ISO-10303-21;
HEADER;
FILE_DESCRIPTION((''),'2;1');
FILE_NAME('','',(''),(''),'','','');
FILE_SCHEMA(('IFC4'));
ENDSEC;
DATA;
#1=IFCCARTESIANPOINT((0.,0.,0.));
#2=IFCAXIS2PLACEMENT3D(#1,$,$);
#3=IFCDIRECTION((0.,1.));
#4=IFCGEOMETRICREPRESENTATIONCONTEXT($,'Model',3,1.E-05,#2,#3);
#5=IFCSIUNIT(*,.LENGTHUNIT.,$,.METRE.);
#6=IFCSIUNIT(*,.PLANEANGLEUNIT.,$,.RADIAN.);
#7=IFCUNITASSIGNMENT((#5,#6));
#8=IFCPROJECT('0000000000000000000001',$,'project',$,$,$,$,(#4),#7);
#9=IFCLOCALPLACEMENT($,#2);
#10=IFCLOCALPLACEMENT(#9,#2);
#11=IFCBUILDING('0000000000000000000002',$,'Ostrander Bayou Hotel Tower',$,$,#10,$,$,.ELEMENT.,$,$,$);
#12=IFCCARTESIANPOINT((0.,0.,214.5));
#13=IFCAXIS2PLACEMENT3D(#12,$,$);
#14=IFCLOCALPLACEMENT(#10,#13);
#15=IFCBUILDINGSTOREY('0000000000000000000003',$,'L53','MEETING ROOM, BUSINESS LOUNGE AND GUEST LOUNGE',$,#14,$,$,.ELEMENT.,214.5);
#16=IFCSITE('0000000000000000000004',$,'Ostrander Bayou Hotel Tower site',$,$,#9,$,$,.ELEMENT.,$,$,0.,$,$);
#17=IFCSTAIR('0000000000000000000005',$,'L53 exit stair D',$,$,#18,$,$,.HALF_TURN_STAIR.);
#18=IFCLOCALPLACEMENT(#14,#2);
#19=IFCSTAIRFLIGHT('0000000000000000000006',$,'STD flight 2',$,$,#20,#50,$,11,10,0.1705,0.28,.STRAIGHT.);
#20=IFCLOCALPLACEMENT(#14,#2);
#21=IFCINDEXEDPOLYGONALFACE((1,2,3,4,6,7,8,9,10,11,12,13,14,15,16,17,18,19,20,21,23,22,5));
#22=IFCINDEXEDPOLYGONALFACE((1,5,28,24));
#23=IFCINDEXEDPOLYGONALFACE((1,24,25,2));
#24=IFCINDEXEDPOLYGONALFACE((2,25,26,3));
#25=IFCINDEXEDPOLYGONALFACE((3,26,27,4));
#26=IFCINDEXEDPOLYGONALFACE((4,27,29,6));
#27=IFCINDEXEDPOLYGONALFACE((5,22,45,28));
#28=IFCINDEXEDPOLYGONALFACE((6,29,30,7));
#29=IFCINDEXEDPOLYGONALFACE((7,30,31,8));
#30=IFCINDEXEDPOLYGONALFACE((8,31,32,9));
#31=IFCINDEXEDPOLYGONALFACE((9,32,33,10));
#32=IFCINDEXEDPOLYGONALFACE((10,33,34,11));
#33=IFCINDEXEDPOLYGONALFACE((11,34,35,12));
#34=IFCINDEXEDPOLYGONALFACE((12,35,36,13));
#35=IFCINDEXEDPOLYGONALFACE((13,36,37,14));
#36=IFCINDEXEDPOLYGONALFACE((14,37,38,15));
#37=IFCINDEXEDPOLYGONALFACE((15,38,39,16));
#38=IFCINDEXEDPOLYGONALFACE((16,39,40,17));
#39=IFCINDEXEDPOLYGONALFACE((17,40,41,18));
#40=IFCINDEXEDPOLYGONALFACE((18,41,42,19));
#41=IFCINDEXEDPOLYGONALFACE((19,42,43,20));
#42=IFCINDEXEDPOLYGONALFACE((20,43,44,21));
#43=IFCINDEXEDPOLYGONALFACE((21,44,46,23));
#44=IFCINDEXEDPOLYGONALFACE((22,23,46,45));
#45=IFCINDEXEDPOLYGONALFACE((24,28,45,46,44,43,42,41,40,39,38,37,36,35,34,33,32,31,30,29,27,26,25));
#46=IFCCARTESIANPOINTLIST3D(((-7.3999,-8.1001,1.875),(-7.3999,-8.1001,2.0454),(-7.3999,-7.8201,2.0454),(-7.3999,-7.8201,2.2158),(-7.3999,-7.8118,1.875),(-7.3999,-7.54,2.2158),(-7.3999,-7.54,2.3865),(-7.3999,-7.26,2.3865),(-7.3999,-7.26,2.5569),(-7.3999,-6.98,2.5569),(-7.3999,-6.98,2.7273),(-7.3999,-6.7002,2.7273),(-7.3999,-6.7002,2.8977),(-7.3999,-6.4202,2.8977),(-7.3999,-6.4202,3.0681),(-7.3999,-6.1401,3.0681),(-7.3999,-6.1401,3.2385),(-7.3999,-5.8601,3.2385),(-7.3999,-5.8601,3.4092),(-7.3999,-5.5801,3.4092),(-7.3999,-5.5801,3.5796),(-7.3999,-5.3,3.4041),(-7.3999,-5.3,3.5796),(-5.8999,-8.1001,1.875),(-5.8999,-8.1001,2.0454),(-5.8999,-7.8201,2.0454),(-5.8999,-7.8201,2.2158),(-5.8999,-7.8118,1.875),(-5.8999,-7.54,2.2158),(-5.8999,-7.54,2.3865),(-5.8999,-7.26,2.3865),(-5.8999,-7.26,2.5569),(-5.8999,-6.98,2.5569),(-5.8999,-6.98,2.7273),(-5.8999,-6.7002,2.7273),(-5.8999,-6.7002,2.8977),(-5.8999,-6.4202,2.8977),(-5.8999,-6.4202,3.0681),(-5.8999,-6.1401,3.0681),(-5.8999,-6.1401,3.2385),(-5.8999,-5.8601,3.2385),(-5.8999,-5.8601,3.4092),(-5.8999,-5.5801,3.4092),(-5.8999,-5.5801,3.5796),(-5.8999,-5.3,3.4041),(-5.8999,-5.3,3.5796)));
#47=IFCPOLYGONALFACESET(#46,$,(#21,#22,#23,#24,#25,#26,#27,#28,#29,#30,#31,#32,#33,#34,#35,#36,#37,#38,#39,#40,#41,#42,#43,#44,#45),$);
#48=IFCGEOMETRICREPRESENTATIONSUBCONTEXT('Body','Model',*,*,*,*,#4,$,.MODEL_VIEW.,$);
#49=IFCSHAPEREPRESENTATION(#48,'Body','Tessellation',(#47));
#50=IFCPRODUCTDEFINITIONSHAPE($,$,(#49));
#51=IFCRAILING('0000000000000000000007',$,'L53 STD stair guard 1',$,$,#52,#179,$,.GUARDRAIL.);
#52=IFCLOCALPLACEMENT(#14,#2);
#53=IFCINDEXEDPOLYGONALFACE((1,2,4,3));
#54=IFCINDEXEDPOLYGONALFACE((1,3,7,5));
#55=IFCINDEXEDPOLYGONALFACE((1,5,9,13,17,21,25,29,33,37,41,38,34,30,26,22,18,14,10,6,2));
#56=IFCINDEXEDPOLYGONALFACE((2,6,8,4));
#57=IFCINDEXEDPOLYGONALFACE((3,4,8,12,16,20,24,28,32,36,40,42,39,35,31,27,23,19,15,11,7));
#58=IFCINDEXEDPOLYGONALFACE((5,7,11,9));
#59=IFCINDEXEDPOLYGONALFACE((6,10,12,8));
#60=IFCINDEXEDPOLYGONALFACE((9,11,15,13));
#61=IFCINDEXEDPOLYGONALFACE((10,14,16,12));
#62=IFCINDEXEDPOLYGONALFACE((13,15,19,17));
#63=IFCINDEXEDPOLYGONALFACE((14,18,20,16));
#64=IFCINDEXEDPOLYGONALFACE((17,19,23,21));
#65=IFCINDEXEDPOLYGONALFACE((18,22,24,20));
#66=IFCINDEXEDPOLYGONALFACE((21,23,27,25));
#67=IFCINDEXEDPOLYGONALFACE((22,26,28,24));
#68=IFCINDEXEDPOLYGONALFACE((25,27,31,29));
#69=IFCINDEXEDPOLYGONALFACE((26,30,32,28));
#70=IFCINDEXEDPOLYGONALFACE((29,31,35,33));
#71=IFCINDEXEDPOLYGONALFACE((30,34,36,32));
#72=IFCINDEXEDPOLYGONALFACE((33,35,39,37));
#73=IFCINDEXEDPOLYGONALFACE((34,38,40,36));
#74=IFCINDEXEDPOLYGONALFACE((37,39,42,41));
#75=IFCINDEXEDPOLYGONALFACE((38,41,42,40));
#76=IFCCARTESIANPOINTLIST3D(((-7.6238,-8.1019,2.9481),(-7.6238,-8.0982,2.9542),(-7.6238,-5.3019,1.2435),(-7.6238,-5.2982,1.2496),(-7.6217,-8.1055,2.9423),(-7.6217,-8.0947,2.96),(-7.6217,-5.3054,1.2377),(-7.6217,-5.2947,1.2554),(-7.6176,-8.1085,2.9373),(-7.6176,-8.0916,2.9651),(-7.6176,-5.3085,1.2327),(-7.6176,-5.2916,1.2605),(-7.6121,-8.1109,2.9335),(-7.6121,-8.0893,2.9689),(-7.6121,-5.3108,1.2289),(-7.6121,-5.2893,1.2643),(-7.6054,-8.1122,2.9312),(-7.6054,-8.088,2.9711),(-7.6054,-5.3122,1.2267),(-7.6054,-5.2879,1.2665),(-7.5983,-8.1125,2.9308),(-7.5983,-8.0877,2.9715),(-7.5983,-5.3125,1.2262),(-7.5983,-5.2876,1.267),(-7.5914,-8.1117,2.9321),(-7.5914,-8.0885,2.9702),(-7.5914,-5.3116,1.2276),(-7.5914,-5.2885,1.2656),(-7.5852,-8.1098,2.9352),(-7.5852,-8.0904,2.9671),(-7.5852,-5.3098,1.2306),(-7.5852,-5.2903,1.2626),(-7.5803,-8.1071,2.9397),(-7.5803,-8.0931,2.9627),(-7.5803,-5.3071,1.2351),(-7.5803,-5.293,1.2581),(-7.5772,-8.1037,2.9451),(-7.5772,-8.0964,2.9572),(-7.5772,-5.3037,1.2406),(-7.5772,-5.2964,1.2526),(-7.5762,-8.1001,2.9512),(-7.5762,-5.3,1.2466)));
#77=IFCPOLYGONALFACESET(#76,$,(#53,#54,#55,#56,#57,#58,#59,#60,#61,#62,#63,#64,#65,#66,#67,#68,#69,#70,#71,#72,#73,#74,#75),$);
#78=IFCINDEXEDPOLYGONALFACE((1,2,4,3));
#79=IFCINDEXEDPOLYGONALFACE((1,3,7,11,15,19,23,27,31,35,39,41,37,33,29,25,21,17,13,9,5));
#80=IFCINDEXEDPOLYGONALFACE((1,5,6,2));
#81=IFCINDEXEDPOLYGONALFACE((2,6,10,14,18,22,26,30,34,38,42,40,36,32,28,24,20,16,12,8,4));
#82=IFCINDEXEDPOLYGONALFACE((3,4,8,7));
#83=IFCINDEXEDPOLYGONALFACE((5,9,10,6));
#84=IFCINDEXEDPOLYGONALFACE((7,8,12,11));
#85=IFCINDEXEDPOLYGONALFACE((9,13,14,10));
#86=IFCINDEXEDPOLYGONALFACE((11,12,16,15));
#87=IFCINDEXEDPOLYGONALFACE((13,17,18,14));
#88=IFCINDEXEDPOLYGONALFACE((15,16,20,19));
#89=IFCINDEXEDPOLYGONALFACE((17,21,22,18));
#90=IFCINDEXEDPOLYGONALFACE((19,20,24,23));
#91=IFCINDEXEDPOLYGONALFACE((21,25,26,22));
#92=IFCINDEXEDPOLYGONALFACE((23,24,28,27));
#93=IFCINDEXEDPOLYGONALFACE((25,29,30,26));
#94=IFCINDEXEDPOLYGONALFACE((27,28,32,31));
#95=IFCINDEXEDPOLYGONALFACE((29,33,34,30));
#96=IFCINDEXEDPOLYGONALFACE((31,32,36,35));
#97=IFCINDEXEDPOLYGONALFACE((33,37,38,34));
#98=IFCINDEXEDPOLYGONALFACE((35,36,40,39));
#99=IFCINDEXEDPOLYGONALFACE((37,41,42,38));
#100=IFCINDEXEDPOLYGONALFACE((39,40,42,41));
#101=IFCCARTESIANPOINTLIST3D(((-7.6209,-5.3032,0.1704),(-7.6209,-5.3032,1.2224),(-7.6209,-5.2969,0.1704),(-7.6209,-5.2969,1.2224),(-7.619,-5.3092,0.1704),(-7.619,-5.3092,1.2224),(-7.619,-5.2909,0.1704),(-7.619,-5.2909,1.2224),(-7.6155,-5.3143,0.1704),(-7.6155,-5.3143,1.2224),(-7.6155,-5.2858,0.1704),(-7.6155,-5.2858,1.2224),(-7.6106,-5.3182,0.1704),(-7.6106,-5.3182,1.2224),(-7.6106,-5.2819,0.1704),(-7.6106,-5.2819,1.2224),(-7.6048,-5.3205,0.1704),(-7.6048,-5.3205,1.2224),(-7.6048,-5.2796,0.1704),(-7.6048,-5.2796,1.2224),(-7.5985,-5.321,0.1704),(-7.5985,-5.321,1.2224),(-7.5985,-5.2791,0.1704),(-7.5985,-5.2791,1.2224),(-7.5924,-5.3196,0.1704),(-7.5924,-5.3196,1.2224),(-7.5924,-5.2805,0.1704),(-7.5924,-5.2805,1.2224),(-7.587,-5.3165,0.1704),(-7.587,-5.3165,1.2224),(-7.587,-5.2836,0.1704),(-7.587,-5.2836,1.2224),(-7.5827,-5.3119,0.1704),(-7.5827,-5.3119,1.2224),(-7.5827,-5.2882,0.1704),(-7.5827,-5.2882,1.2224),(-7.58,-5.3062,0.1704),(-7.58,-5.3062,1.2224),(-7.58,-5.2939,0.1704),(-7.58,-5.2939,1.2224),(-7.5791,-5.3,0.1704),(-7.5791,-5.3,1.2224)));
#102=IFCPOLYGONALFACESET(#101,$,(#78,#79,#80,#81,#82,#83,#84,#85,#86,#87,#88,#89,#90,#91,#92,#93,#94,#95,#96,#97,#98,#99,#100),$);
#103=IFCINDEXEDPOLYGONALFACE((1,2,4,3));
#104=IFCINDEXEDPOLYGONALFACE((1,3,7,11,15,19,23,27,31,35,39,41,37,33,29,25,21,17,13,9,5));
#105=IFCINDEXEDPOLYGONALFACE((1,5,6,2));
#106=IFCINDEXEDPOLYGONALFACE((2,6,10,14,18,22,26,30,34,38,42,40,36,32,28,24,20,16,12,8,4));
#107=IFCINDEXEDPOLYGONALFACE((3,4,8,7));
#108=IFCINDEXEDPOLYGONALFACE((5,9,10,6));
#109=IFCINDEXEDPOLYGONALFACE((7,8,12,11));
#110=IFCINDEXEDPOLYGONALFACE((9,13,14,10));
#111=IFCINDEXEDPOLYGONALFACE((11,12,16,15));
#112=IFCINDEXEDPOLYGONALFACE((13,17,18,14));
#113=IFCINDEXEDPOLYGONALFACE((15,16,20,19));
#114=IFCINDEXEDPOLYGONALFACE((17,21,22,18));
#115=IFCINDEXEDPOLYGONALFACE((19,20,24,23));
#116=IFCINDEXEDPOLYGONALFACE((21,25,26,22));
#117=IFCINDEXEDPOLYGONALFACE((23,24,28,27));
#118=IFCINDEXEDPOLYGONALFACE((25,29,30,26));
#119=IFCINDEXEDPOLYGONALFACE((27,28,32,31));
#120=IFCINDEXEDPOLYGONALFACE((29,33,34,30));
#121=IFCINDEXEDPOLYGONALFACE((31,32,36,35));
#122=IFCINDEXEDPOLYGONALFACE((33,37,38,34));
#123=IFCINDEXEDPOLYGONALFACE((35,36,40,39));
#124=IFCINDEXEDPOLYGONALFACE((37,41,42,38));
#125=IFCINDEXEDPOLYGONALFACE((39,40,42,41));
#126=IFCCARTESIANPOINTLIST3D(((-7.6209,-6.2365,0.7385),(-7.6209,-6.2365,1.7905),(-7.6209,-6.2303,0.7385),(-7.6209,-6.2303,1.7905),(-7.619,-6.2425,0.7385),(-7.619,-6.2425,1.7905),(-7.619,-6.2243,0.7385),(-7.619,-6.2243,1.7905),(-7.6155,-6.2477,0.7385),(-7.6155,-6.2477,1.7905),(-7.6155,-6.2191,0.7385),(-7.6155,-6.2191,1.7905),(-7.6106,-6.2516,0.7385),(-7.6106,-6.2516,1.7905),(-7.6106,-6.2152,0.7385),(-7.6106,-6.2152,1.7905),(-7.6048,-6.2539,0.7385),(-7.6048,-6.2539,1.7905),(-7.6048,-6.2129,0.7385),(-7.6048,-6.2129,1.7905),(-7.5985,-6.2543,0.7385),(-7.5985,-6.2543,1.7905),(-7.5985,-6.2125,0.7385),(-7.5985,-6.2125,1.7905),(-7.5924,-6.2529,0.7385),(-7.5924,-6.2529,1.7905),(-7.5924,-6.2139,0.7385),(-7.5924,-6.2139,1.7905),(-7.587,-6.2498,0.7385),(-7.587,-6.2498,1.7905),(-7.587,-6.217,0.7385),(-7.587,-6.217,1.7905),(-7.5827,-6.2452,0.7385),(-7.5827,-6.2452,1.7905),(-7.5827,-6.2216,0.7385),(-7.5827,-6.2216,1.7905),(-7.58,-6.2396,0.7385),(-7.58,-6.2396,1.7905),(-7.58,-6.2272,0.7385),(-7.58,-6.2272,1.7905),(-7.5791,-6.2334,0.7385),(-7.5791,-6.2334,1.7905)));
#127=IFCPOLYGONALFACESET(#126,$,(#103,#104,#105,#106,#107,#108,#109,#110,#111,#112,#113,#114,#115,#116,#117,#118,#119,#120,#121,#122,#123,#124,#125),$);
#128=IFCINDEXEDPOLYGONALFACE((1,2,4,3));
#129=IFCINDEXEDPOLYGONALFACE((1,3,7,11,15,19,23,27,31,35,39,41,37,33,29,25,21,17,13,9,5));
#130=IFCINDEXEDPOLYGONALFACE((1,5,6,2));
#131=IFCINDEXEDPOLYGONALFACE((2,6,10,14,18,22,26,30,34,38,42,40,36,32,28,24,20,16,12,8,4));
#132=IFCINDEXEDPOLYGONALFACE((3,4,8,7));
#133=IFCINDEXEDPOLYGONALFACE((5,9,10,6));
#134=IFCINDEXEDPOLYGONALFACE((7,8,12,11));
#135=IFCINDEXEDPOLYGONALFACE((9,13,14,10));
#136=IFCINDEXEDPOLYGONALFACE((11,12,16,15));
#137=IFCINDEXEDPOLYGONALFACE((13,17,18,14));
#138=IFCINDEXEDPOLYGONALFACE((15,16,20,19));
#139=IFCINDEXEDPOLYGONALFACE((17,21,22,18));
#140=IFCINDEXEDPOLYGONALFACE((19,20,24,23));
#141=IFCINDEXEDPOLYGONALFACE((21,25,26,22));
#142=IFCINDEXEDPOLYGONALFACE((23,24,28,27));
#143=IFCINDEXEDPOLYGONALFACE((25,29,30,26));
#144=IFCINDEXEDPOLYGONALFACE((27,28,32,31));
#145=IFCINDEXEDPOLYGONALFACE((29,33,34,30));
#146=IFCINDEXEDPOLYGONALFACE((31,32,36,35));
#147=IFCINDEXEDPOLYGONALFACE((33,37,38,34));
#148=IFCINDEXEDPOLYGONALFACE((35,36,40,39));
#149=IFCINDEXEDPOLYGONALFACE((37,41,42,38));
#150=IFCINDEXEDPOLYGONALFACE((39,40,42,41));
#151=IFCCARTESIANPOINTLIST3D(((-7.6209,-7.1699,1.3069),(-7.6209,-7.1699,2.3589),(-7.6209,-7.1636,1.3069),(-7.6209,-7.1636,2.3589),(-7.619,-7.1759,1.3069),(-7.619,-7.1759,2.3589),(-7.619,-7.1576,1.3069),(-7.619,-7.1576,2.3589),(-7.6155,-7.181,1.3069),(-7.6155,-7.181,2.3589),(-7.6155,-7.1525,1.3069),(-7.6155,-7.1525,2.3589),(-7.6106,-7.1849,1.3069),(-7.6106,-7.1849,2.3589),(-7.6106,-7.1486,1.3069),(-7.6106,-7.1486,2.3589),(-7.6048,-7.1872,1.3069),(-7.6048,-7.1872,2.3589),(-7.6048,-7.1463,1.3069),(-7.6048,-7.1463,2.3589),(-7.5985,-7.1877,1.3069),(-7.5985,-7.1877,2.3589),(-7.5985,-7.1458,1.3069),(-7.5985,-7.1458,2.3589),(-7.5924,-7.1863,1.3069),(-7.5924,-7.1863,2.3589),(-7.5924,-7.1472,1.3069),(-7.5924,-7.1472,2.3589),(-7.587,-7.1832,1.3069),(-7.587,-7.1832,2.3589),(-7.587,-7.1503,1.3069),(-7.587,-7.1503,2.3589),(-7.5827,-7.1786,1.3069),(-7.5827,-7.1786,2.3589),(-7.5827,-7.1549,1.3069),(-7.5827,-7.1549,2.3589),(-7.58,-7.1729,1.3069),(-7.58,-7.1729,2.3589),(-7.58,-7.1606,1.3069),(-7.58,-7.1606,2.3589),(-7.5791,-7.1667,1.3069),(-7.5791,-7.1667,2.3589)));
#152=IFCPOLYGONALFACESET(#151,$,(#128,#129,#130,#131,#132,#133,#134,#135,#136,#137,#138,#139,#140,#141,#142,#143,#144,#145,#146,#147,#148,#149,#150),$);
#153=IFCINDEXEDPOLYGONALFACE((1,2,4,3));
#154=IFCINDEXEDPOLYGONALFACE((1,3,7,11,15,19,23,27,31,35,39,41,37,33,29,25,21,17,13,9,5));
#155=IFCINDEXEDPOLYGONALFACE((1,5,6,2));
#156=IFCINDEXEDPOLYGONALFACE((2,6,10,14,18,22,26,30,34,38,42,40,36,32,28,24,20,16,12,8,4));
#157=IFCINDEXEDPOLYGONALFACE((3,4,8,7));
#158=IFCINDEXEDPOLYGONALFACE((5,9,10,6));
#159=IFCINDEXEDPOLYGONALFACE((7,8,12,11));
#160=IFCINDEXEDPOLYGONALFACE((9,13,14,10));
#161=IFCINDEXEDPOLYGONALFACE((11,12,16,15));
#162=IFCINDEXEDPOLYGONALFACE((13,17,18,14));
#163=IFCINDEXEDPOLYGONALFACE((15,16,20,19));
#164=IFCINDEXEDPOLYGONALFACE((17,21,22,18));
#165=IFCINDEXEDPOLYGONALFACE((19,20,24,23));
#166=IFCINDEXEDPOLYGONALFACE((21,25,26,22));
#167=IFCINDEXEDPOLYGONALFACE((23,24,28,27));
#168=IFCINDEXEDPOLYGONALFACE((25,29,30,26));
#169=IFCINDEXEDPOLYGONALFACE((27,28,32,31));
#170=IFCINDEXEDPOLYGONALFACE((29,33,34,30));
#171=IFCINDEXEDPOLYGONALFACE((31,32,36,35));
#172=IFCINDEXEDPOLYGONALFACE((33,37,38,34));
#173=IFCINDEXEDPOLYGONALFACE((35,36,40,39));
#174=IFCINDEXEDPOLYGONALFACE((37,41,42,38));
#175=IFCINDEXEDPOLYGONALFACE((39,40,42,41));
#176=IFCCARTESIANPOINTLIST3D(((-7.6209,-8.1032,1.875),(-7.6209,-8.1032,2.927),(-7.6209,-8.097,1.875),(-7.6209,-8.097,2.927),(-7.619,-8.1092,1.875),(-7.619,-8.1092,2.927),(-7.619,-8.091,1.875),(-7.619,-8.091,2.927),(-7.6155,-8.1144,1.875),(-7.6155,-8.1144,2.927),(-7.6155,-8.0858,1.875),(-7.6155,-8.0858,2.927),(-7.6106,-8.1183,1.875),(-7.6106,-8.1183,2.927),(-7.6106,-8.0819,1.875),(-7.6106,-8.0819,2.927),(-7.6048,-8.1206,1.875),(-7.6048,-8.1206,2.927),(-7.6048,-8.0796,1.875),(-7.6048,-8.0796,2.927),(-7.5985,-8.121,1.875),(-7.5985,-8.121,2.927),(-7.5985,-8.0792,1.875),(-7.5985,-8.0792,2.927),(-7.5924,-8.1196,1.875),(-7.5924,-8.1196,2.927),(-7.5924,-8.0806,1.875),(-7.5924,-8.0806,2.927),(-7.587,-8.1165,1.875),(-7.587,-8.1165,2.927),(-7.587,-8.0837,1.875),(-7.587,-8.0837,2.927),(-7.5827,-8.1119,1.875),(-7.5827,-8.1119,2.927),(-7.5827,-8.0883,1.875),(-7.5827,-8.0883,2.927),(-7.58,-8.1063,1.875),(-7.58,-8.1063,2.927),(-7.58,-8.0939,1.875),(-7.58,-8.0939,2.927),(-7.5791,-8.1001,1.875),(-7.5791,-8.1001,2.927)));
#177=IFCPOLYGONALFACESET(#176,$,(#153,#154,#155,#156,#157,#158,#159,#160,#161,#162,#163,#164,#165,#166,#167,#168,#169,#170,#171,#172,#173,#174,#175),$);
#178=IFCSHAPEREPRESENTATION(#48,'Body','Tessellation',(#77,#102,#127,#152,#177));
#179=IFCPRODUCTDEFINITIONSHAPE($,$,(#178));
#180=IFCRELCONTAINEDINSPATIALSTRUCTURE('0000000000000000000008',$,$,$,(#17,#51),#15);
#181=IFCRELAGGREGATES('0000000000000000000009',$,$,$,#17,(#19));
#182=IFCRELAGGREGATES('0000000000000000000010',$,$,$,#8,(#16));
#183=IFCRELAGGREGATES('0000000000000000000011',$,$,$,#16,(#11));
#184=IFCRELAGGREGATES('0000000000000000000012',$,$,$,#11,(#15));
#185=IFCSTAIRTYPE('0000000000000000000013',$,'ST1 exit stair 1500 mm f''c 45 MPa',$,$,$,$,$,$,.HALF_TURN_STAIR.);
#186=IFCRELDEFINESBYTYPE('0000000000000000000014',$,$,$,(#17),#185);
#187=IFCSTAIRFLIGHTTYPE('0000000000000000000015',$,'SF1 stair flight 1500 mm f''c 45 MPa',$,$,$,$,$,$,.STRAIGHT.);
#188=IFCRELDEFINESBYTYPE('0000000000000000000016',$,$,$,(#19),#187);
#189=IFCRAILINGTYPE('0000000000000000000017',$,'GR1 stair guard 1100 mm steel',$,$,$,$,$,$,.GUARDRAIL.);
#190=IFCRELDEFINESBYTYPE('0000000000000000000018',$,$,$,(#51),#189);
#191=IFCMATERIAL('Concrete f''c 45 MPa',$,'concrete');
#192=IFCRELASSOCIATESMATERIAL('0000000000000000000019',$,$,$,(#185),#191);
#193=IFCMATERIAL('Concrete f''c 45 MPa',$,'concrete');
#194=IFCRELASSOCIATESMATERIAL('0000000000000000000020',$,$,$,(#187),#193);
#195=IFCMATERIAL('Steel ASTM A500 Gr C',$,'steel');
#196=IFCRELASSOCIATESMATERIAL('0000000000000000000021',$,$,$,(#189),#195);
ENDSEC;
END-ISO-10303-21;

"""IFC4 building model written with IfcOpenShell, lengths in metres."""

from ifc_helpers import new_model, si_unit, direction, frame, origin, origin_2d, place, context, subcontext, project, spatial, polyline, circle, outline, extrude, material, type_object, element, aggregate, save


model = new_model("IFC4")

# Units and contexts
model_context = context("Model", 3, precision=1e-05, world=origin(), true_north=direction((0.0, 1.0)))
body_context = subcontext(model_context, "Body", "Model", "MODEL_VIEW")
ifc_project = project(units=[si_unit("LENGTHUNIT", "METRE"), si_unit("PLANEANGLEUNIT", "RADIAN")], contexts=[model_context])

# Site, building, storey
site_placement = place(None, origin())
site = spatial("IfcSite", under=ifc_project, at=site_placement, Name="Ostrander Bayou Hotel Tower site", CompositionType="ELEMENT", RefElevation=0.0)
building_placement = place(site_placement, origin())
building = spatial("IfcBuilding", under=site, at=building_placement, Name="Ostrander Bayou Hotel Tower", CompositionType="ELEMENT")
storey_placement = place(building_placement, frame((0.0, 0.0, 214.5)))
storey = spatial("IfcBuildingStorey", under=building, at=storey_placement, Name="L53", Description="MEETING ROOM, BUSINESS LOUNGE AND GUEST LOUNGE", CompositionType="ELEMENT", Elevation=214.5)

# Stair, stair flight
ifc_material_1 = material(Name="Concrete f'c 45 MPa", Category="concrete")
stair_type = type_object("IfcStairType", Name="ST1 exit stair 1500 mm f'c 45 MPa", PredefinedType="HALF_TURN_STAIR", material=ifc_material_1)
stair_placement = place(storey_placement, origin())
stair = element("IfcStair", 1, at=stair_placement, inside=storey, type_object=stair_type, Name="L53 exit stair D", PredefinedType="HALF_TURN_STAIR")
ifc_material_2 = material(Name="Concrete f'c 45 MPa", Category="concrete")
stair_flight_type = type_object("IfcStairFlightType", Name="SF1 stair flight 1500 mm f'c 45 MPa", PredefinedType="STRAIGHT", material=ifc_material_2)
stair_flight_placement = place(storey_placement, frame((-6.6499, -8.1001, 1.875), z_axis=(0.0, 0.0, 1.0), x_axis=(0.0, 1.0, 0.0)))
stair_flight = element("IfcStairFlight", 2, at=stair_flight_placement, type_object=stair_flight_type, Name="STD flight 2", NumberOfRisers=11, NumberOfTreads=10, PredefinedType="STRAIGHT", RiserHeight=0.1705, TreadLength=0.28, context=body_context, shape_type="SweptSolid", body=[
    extrude(outline(polyline([(0.0, 0.0), (0.0, 0.1704), (0.28, 0.1704), (0.28, 0.3408), (0.5601, 0.3408), (0.5601, 0.5115), (0.8401, 0.5115), (0.8401, 0.6819), (1.1201, 0.6819), (1.1201, 0.8523), (1.3999, 0.8523), (1.3999, 1.0227), (1.6799, 1.0227), (1.6799, 1.1931), (1.96, 1.1931), (1.96, 1.3635), (2.24, 1.3635), (2.24, 1.5342), (2.52, 1.5342), (2.52, 1.7046), (2.8, 1.7046), (2.8, 1.875), (2.8, 1.5291), (0.2883, 0.0), (0.0, 0.0)])), frame((0.0, 0.75, 0.0), z_axis=(0.0, -1.0, 0.0), x_axis=(1.0, 0.0, 0.0)), (0.0, 0.0, 1.0), 1.5),
])
aggregate(stair, [stair_flight])

# Railing
ifc_material_3 = material(Name="Steel ASTM A500 Gr C", Category="steel")
railing_type_1 = type_object("IfcRailingType", Name="GR1 stair guard 1100 mm steel", PredefinedType="GUARDRAIL", material=ifc_material_3)
railing_1_placement = place(storey_placement, frame((-7.6001, -5.3, 0.1704)))
element("IfcRailing", 3, at=railing_1_placement, inside=storey, type_object=railing_type_1, Name="L53 STD stair guard 1", PredefinedType="GUARDRAIL", context=body_context, shape_type="SweptSolid", body=[
    extrude(circle(Radius=0.0239, at=origin_2d()), frame((0.0, 0.0, 1.0762), z_axis=(0.0, -0.85417, 0.519994), x_axis=(1.0, 0.0, 0.0)), (0.0, 0.0, 1.0), 3.2781),
    extrude(circle(Radius=0.021, at=origin_2d()), origin(), (0.0, 0.0, 1.0), 1.052),
    extrude(circle(Radius=0.021, at=origin_2d()), frame((0.0, -0.9333, 0.5681)), (0.0, 0.0, 1.0), 1.052),
    extrude(circle(Radius=0.021, at=origin_2d()), frame((0.0, -1.8667, 1.1365)), (0.0, 0.0, 1.0), 1.052),
    extrude(circle(Radius=0.021, at=origin_2d()), frame((0.0, -2.8, 1.7046)), (0.0, 0.0, 1.0), 1.052),
])

save(model, "model.ifc")
